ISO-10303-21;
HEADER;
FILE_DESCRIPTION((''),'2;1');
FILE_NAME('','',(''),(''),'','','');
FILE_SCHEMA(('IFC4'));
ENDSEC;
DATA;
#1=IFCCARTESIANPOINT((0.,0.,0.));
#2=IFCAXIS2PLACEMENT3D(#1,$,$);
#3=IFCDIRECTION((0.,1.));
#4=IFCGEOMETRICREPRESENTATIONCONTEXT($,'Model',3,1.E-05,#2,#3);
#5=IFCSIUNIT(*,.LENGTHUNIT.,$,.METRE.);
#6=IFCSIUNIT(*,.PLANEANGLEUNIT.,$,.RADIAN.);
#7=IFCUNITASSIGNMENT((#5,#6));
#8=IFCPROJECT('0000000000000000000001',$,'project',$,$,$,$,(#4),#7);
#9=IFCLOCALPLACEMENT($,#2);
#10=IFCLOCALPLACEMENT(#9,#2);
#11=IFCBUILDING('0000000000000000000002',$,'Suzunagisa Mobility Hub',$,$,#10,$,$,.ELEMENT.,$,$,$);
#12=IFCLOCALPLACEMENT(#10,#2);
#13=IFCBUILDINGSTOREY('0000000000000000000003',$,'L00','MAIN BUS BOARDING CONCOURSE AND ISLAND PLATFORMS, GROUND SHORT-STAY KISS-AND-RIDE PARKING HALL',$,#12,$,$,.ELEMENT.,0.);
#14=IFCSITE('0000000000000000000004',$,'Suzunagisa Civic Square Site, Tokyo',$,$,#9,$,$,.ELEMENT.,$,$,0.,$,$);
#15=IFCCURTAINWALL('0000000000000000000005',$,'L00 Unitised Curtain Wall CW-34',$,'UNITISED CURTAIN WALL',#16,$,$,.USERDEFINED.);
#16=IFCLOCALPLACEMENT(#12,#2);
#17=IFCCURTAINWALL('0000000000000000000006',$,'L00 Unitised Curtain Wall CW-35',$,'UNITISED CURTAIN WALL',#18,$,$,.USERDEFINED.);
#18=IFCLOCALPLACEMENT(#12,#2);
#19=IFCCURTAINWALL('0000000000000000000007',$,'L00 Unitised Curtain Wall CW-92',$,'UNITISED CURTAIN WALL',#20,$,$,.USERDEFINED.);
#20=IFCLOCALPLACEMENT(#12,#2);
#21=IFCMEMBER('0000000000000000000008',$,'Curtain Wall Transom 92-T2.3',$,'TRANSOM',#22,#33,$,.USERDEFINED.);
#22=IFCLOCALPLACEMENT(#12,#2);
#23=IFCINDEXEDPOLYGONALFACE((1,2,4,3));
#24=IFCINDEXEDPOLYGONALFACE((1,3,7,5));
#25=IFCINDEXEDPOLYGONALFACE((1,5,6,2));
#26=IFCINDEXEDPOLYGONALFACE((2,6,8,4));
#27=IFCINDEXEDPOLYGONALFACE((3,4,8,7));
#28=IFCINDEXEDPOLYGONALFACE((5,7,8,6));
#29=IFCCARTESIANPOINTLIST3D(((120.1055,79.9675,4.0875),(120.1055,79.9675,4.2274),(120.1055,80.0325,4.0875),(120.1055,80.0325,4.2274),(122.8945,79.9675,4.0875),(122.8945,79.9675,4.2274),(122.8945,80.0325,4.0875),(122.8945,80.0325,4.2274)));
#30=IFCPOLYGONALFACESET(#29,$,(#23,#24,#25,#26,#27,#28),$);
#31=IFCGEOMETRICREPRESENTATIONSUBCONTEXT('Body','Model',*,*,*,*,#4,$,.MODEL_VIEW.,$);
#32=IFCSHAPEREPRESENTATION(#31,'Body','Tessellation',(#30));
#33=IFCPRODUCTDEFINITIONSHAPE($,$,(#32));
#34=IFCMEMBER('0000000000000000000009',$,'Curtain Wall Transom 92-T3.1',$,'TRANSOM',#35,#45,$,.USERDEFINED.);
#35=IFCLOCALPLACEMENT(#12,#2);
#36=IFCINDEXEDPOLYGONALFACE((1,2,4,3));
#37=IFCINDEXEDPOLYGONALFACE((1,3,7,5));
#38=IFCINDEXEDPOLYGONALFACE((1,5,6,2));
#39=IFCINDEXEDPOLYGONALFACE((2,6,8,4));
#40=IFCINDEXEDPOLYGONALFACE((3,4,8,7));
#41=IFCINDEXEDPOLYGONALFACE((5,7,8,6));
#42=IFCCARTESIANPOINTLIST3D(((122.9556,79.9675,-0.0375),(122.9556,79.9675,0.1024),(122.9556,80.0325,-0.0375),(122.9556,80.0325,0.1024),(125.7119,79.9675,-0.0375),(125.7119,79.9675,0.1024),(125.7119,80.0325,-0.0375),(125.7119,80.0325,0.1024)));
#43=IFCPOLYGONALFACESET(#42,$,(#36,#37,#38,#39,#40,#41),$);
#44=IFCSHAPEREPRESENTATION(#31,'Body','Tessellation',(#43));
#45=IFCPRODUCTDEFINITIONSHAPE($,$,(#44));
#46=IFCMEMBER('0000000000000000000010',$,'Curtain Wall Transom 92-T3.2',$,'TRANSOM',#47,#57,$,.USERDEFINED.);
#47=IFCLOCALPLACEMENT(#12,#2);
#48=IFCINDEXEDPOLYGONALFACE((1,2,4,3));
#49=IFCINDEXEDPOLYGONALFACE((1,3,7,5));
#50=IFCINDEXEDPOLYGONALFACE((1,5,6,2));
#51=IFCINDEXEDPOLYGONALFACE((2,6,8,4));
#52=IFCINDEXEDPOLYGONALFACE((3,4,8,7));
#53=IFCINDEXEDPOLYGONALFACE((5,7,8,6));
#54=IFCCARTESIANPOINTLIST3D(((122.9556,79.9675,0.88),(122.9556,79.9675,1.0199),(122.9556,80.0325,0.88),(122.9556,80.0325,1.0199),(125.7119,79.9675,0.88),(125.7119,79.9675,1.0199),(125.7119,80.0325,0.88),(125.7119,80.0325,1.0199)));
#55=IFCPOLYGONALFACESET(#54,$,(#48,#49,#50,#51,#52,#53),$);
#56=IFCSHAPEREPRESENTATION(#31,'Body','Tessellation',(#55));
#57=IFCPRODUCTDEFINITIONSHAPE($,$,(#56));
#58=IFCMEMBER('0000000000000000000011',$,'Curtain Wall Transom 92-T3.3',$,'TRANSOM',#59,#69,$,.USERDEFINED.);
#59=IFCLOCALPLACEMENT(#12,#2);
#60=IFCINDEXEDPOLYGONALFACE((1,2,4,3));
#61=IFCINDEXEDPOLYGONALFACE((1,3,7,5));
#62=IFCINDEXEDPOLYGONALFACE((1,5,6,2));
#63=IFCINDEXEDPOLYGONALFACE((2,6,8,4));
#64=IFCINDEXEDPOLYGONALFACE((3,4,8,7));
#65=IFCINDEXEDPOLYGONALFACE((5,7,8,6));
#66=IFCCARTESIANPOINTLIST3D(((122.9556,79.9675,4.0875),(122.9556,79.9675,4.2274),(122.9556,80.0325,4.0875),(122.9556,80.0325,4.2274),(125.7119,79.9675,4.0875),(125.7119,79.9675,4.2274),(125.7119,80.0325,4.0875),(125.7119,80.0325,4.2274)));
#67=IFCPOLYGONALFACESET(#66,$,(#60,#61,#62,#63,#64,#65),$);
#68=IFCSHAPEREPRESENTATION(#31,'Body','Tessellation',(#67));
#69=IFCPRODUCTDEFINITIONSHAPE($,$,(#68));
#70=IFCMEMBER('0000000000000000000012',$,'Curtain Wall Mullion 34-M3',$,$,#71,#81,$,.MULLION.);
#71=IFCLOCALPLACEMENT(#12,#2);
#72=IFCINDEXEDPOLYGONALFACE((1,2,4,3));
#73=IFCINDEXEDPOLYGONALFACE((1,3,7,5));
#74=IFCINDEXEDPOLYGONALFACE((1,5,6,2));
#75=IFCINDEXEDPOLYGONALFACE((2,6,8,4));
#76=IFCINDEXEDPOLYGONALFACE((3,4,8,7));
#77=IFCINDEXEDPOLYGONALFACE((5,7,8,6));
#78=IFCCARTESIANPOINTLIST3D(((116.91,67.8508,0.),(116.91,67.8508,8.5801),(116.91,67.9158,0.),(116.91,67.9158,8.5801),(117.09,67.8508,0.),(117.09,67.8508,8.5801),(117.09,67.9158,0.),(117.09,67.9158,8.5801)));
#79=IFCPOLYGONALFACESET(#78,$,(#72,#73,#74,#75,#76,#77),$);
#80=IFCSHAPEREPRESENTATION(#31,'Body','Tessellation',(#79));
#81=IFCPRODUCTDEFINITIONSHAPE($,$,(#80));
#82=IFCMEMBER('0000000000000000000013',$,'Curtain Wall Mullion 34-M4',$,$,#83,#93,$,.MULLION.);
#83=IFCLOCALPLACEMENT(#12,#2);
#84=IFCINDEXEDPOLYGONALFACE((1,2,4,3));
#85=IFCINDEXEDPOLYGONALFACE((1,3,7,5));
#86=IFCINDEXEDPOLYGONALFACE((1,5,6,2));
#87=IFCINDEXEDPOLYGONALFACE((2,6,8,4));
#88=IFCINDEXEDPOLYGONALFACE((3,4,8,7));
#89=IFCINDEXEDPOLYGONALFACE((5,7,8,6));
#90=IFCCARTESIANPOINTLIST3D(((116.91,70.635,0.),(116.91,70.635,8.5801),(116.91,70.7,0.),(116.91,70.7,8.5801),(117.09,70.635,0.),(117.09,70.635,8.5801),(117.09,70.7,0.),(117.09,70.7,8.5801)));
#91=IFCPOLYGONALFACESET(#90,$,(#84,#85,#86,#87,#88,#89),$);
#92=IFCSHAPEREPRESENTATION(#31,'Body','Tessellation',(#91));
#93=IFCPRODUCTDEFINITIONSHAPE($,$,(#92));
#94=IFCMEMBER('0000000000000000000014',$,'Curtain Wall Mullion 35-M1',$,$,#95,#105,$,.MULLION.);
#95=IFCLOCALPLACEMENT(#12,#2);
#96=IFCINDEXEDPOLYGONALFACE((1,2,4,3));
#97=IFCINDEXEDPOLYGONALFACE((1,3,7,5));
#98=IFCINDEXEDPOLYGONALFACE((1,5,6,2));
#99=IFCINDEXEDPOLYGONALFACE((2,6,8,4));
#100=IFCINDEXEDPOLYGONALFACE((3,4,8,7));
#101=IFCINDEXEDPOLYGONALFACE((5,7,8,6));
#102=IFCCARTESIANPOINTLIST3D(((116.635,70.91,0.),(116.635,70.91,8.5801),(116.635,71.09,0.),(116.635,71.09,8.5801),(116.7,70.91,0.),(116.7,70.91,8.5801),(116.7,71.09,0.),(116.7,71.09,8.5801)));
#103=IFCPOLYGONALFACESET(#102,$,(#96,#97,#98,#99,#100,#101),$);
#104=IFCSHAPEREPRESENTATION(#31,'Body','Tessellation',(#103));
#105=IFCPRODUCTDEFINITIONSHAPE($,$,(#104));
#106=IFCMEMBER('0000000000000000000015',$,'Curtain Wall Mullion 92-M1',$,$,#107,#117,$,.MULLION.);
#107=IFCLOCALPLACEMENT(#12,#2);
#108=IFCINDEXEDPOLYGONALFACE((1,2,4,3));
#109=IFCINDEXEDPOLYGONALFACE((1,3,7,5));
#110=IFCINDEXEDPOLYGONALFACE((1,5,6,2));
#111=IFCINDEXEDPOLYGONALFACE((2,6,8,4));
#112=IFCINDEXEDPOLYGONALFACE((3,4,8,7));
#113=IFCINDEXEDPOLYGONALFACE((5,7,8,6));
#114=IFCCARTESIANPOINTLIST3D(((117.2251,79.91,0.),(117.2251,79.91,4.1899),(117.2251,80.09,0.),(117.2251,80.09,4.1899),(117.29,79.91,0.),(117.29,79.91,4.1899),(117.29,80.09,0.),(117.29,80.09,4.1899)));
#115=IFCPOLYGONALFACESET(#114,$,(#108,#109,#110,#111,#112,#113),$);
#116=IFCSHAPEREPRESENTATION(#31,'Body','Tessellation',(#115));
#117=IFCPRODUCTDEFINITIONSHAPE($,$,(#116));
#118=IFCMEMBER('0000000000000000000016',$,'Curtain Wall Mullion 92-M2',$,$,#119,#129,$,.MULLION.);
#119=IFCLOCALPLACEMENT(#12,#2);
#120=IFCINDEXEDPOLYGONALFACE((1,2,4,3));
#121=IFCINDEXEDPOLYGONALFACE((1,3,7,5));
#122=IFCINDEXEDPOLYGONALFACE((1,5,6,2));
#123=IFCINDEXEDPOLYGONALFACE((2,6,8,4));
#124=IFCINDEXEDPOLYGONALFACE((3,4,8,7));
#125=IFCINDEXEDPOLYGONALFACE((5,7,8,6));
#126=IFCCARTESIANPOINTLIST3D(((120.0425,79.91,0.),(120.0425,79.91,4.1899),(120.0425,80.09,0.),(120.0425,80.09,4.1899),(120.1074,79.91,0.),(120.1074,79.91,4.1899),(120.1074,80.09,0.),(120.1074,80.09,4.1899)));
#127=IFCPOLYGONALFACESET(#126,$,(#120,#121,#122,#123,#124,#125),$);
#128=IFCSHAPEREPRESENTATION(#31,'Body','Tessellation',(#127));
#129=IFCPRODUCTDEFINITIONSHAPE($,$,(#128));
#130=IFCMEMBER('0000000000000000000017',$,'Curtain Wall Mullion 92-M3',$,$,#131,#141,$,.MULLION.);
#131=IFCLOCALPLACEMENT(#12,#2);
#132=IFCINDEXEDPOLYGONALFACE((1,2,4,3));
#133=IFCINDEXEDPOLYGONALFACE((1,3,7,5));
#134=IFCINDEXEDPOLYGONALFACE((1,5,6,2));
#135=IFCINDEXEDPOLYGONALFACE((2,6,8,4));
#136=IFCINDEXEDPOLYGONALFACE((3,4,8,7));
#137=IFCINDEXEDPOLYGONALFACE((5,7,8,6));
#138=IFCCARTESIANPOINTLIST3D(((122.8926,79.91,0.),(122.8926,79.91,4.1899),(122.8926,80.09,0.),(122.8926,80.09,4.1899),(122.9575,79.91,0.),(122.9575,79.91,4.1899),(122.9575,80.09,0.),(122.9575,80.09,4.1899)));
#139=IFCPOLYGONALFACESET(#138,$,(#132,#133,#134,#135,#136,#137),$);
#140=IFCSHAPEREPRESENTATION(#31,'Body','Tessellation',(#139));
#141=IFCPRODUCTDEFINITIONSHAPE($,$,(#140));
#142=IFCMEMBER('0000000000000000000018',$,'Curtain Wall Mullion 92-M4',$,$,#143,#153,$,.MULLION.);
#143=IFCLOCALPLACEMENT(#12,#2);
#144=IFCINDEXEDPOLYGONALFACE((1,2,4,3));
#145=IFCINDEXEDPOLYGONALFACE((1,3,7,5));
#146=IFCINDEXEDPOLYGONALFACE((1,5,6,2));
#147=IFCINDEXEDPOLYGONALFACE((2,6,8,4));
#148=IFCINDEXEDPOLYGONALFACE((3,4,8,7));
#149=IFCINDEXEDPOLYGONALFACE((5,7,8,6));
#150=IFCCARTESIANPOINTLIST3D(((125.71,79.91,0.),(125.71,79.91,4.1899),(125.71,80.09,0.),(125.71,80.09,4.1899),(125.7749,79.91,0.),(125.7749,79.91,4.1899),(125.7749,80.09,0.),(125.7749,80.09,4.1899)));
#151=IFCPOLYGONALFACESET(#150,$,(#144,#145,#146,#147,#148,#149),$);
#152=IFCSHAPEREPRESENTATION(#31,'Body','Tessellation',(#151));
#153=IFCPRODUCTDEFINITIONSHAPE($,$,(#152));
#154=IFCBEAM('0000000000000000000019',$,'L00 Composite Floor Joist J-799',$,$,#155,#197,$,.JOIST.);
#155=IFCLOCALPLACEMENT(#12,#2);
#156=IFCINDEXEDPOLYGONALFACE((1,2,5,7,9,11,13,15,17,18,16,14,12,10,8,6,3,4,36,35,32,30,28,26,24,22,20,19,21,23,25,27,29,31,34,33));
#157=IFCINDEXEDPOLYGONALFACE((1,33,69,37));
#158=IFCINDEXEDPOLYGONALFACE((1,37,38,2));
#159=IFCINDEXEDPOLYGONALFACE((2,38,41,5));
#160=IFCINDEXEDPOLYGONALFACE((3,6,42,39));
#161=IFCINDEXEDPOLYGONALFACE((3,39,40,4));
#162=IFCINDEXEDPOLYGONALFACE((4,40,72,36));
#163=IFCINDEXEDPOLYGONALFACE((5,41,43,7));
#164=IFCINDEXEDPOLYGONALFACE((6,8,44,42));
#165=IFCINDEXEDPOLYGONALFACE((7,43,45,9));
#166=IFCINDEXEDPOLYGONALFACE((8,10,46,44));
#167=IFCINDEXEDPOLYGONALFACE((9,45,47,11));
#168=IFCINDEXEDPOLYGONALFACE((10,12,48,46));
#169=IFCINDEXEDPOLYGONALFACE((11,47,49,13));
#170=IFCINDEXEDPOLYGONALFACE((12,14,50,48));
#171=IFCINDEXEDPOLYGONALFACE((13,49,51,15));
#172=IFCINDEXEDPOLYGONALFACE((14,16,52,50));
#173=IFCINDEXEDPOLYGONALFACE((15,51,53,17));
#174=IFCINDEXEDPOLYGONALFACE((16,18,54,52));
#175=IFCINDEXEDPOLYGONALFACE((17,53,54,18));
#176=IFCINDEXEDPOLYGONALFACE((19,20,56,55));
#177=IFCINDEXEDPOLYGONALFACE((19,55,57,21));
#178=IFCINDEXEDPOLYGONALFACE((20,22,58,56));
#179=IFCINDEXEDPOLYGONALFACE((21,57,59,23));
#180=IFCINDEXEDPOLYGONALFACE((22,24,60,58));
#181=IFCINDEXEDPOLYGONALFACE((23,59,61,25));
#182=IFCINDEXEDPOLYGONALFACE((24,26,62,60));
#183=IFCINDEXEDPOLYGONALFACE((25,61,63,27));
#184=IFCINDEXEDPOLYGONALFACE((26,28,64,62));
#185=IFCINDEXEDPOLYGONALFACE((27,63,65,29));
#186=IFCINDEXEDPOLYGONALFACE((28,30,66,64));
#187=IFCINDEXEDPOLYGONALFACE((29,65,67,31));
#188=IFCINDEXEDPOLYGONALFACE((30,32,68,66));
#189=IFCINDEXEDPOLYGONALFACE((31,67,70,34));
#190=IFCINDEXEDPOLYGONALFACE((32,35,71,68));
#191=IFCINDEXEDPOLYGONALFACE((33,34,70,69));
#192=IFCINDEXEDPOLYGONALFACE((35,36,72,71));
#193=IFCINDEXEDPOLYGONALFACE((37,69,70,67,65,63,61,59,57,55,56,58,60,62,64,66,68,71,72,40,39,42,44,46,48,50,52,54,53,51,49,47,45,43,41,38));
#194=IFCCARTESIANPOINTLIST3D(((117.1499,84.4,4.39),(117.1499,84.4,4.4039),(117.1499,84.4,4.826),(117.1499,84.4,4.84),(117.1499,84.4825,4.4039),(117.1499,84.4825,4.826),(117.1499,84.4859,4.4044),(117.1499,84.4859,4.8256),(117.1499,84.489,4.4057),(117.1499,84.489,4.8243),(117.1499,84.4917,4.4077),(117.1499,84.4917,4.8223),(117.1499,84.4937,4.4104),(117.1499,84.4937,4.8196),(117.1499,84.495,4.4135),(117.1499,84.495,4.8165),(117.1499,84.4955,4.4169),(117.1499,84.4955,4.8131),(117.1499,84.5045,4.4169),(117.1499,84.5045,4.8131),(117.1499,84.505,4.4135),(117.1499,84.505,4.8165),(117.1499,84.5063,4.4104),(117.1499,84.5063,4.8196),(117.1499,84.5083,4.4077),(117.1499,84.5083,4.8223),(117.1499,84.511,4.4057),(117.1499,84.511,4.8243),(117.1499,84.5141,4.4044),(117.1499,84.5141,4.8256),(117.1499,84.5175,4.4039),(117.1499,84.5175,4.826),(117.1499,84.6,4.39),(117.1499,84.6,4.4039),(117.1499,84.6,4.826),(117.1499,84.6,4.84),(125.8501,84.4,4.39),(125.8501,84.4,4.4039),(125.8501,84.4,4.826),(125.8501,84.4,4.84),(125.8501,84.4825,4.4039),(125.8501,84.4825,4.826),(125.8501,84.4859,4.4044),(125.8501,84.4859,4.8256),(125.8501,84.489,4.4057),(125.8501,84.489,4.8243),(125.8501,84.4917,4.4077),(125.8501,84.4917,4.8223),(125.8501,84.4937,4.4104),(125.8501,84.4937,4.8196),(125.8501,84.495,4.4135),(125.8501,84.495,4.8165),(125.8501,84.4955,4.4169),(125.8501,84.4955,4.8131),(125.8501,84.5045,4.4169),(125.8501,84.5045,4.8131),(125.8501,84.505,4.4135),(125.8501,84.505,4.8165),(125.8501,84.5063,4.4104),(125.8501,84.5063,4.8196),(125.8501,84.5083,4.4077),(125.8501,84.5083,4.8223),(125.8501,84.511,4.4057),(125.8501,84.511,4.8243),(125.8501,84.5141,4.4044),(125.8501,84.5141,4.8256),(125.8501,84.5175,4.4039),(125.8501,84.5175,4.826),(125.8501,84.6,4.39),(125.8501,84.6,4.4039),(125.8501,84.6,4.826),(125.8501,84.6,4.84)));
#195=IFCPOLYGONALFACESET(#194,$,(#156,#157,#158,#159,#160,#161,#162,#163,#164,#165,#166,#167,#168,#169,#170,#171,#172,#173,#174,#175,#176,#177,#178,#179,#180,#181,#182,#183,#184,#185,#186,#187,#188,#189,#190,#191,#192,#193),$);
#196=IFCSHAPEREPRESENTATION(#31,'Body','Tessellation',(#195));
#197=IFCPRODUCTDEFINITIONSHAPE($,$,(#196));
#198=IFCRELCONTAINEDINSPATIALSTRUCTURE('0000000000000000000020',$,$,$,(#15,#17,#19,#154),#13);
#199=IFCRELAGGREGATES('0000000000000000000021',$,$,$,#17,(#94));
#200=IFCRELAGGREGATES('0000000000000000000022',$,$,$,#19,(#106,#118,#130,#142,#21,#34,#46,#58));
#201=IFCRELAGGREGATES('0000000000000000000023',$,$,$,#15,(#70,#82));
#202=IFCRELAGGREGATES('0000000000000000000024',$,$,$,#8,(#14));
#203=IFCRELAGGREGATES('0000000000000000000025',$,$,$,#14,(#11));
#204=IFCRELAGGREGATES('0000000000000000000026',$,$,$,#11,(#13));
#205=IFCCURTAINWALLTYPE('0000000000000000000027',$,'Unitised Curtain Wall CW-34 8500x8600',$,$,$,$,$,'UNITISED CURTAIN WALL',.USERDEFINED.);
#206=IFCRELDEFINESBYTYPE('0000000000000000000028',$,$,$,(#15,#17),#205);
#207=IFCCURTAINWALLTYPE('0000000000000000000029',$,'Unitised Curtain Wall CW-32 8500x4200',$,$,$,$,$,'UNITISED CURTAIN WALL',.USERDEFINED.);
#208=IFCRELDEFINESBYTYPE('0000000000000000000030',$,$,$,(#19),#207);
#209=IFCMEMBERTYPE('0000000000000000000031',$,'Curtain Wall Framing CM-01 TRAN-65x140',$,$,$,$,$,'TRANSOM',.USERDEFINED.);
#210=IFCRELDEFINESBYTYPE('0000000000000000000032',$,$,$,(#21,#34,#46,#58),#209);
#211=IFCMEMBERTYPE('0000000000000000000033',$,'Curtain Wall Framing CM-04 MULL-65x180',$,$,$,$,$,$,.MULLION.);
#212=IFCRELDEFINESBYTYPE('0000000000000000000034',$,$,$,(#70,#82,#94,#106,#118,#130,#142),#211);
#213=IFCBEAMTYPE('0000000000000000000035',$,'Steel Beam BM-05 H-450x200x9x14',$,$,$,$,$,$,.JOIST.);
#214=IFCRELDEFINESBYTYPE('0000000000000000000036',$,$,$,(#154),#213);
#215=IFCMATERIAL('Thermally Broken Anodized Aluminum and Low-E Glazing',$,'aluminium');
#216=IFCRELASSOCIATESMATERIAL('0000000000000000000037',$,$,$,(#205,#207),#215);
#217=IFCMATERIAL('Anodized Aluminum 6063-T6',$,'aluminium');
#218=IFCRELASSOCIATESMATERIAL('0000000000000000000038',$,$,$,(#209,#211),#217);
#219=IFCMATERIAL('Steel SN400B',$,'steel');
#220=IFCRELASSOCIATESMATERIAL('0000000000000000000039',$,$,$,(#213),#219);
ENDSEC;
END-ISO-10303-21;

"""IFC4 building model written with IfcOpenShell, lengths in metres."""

from ifc_helpers import new_model, si_unit, direction, frame, origin, origin_2d, place, context, subcontext, project, spatial, rectangle, i_section, extrude, material, material_profile, profile_set, type_object, element, aggregate, save


model = new_model("IFC4")

# Units and contexts
model_context = context("Model", 3, precision=1e-05, world=origin(), true_north=direction((0.0, 1.0)))
body_context = subcontext(model_context, "Body", "Model", "MODEL_VIEW")
ifc_project = project(units=[si_unit("LENGTHUNIT", "METRE"), si_unit("PLANEANGLEUNIT", "RADIAN")], contexts=[model_context])

# Site, building, storey
site_placement = place(None, origin())
site = spatial("IfcSite", under=ifc_project, at=site_placement, Name="Suzunagisa Civic Square Site, Tokyo", CompositionType="ELEMENT", RefElevation=0.0)
building_placement = place(site_placement, origin())
building = spatial("IfcBuilding", under=site, at=building_placement, Name="Suzunagisa Mobility Hub", CompositionType="ELEMENT")
storey_placement = place(building_placement, origin())
storey = spatial("IfcBuildingStorey", under=building, at=storey_placement, Name="L00", Description="MAIN BUS BOARDING CONCOURSE AND ISLAND PLATFORMS, GROUND SHORT-STAY KISS-AND-RIDE PARKING HALL", CompositionType="ELEMENT", Elevation=0.0)

# Curtain walls, members
ifc_material_1 = material(Name="Thermally Broken Anodized Aluminum and Low-E Glazing", Category="aluminium")
curtain_wall_type_1 = type_object("IfcCurtainWallType", Name="Unitised Curtain Wall CW-34 8500x8600", ElementType="UNITISED CURTAIN WALL", PredefinedType="USERDEFINED", material=ifc_material_1)
curtain_wall_1_placement = place(storey_placement, origin())
curtain_wall_1 = element("IfcCurtainWall", 1, at=curtain_wall_1_placement, inside=storey, type_object=curtain_wall_type_1, Name="L00 Unitised Curtain Wall CW-34", ObjectType="UNITISED CURTAIN WALL", PredefinedType="USERDEFINED")
ifc_material_2 = material(Name="Anodized Aluminum 6063-T6", Category="aluminium")
ifc_material_profile_1 = material_profile(ifc_material_2, rectangle(XDim=0.0649, YDim=0.1399, at=origin_2d()), Name="TRAN-65x140")
ifc_profile_set_1 = profile_set([ifc_material_profile_1], Name="Anodized Aluminum 6063-T6")
member_type_1 = type_object("IfcMemberType", Name="Curtain Wall Framing CM-01 TRAN-65x140", ElementType="TRANSOM", PredefinedType="USERDEFINED", material=ifc_profile_set_1)
curtain_wall_2_placement = place(storey_placement, origin())
curtain_wall_2 = element("IfcCurtainWall", 2, at=curtain_wall_2_placement, inside=storey, type_object=curtain_wall_type_1, Name="L00 Unitised Curtain Wall CW-35", ObjectType="UNITISED CURTAIN WALL", PredefinedType="USERDEFINED")
curtain_wall_type_2 = type_object("IfcCurtainWallType", Name="Unitised Curtain Wall CW-32 8500x4200", ElementType="UNITISED CURTAIN WALL", PredefinedType="USERDEFINED", material=ifc_material_1)
curtain_wall_3_placement = place(storey_placement, origin())
curtain_wall_3 = element("IfcCurtainWall", 3, at=curtain_wall_3_placement, inside=storey, type_object=curtain_wall_type_2, Name="L00 Unitised Curtain Wall CW-92", ObjectType="UNITISED CURTAIN WALL", PredefinedType="USERDEFINED")
member_1_placement = place(storey_placement, frame((120.1055, 80.0, 4.1575), z_axis=(1.0, 0.0, 0.0), x_axis=(0.0, 1.0, 0.0)))
member_1 = element("IfcMember", 4, at=member_1_placement, type_object=member_type_1, Name="Curtain Wall Transom 92-T2.3", ObjectType="TRANSOM", PredefinedType="USERDEFINED", context=body_context, shape_type="SweptSolid", body=[
    extrude(rectangle(XDim=0.0649, YDim=0.1399, at=origin_2d()), origin(), (0.0, 0.0, 1.0), 2.7891),
])
member_2_placement = place(storey_placement, frame((122.9556, 80.0, 0.0325), z_axis=(1.0, 0.0, 0.0), x_axis=(0.0, 1.0, 0.0)))
member_2 = element("IfcMember", 5, at=member_2_placement, type_object=member_type_1, Name="Curtain Wall Transom 92-T3.1", ObjectType="TRANSOM", PredefinedType="USERDEFINED", context=body_context, shape_type="SweptSolid", body=[
    extrude(rectangle(XDim=0.0649, YDim=0.1399, at=origin_2d()), origin(), (0.0, 0.0, 1.0), 2.7563),
])
member_3_placement = place(storey_placement, frame((122.9556, 80.0, 0.95), z_axis=(1.0, 0.0, 0.0), x_axis=(0.0, 1.0, 0.0)))
member_3 = element("IfcMember", 6, at=member_3_placement, type_object=member_type_1, Name="Curtain Wall Transom 92-T3.2", ObjectType="TRANSOM", PredefinedType="USERDEFINED", context=body_context, shape_type="SweptSolid", body=[
    extrude(rectangle(XDim=0.0649, YDim=0.1399, at=origin_2d()), origin(), (0.0, 0.0, 1.0), 2.7563),
])
member_4_placement = place(storey_placement, frame((122.9556, 80.0, 4.1575), z_axis=(1.0, 0.0, 0.0), x_axis=(0.0, 1.0, 0.0)))
member_4 = element("IfcMember", 7, at=member_4_placement, type_object=member_type_1, Name="Curtain Wall Transom 92-T3.3", ObjectType="TRANSOM", PredefinedType="USERDEFINED", context=body_context, shape_type="SweptSolid", body=[
    extrude(rectangle(XDim=0.0649, YDim=0.1399, at=origin_2d()), origin(), (0.0, 0.0, 1.0), 2.7563),
])

# Members
ifc_material_profile_2 = material_profile(ifc_material_2, rectangle(XDim=0.0649, YDim=0.1799, at=origin_2d()), Name="MULL-65x180")
ifc_profile_set_2 = profile_set([ifc_material_profile_2], Name="Anodized Aluminum 6063-T6")
member_type_2 = type_object("IfcMemberType", Name="Curtain Wall Framing CM-04 MULL-65x180", PredefinedType="MULLION", material=ifc_profile_set_2)
member_5_placement = place(storey_placement, frame((117.0, 67.8833, 0.0), z_axis=(0.0, 0.0, 1.0), x_axis=(0.0, 1.0, 0.0)))
member_5 = element("IfcMember", 8, at=member_5_placement, type_object=member_type_2, Name="Curtain Wall Mullion 34-M3", PredefinedType="MULLION", context=body_context, shape_type="SweptSolid", body=[
    extrude(rectangle(XDim=0.0649, YDim=0.1799, at=origin_2d()), origin(), (0.0, 0.0, 1.0), 8.5801),
])
member_6_placement = place(storey_placement, frame((117.0, 70.6675, 0.0), z_axis=(0.0, 0.0, 1.0), x_axis=(0.0, 1.0, 0.0)))
member_6 = element("IfcMember", 9, at=member_6_placement, type_object=member_type_2, Name="Curtain Wall Mullion 34-M4", PredefinedType="MULLION", context=body_context, shape_type="SweptSolid", body=[
    extrude(rectangle(XDim=0.0649, YDim=0.1799, at=origin_2d()), origin(), (0.0, 0.0, 1.0), 8.5801),
])
member_7_placement = place(storey_placement, frame((116.6675, 71.0, 0.0), z_axis=(0.0, 0.0, 1.0), x_axis=(-1.0, 0.0, 0.0)))
member_7 = element("IfcMember", 10, at=member_7_placement, type_object=member_type_2, Name="Curtain Wall Mullion 35-M1", PredefinedType="MULLION", context=body_context, shape_type="SweptSolid", body=[
    extrude(rectangle(XDim=0.0649, YDim=0.1799, at=origin_2d()), origin(), (0.0, 0.0, 1.0), 8.5801),
])
aggregate(curtain_wall_2, [member_7])
member_8_placement = place(storey_placement, frame((117.2576, 80.0, 0.0), z_axis=(0.0, 0.0, 1.0), x_axis=(1.0, 0.0, 0.0)))
member_8 = element("IfcMember", 11, at=member_8_placement, type_object=member_type_2, Name="Curtain Wall Mullion 92-M1", PredefinedType="MULLION", context=body_context, shape_type="SweptSolid", body=[
    extrude(rectangle(XDim=0.0649, YDim=0.1799, at=origin_2d()), origin(), (0.0, 0.0, 1.0), 4.1899),
])
member_9_placement = place(storey_placement, frame((120.075, 80.0, 0.0), z_axis=(0.0, 0.0, 1.0), x_axis=(1.0, 0.0, 0.0)))
member_9 = element("IfcMember", 12, at=member_9_placement, type_object=member_type_2, Name="Curtain Wall Mullion 92-M2", PredefinedType="MULLION", context=body_context, shape_type="SweptSolid", body=[
    extrude(rectangle(XDim=0.0649, YDim=0.1799, at=origin_2d()), origin(), (0.0, 0.0, 1.0), 4.1899),
])
member_10_placement = place(storey_placement, frame((122.925, 80.0, 0.0), z_axis=(0.0, 0.0, 1.0), x_axis=(1.0, 0.0, 0.0)))
member_10 = element("IfcMember", 13, at=member_10_placement, type_object=member_type_2, Name="Curtain Wall Mullion 92-M3", PredefinedType="MULLION", context=body_context, shape_type="SweptSolid", body=[
    extrude(rectangle(XDim=0.0649, YDim=0.1799, at=origin_2d()), origin(), (0.0, 0.0, 1.0), 4.1899),
])
member_11_placement = place(storey_placement, frame((125.7424, 80.0, 0.0), z_axis=(0.0, 0.0, 1.0), x_axis=(1.0, 0.0, 0.0)))
member_11 = element("IfcMember", 14, at=member_11_placement, type_object=member_type_2, Name="Curtain Wall Mullion 92-M4", PredefinedType="MULLION", context=body_context, shape_type="SweptSolid", body=[
    extrude(rectangle(XDim=0.0649, YDim=0.1799, at=origin_2d()), origin(), (0.0, 0.0, 1.0), 4.1899),
])

# Beam
ifc_material_3 = material(Name="Steel SN400B", Category="steel")
ifc_material_profile_3 = material_profile(ifc_material_3, i_section(OverallWidth=0.2, OverallDepth=0.45, WebThickness=0.009, FlangeThickness=0.0139, FilletRadius=0.0129, at=origin_2d()), Name="H-450x200x9x14")
ifc_profile_set_3 = profile_set([ifc_material_profile_3], Name="Steel SN400B")
beam_type_1 = type_object("IfcBeamType", Name="Steel Beam BM-05 H-450x200x9x14", PredefinedType="JOIST", material=ifc_profile_set_3)
beam_1_placement = place(storey_placement, frame((117.1499, 84.5, 4.615), z_axis=(1.0, 0.0, 0.0), x_axis=(0.0, 1.0, 0.0)))
element("IfcBeam", 15, at=beam_1_placement, inside=storey, type_object=beam_type_1, Name="L00 Composite Floor Joist J-799", PredefinedType="JOIST", context=body_context, shape_type="SweptSolid", body=[
    extrude(i_section(OverallWidth=0.2, OverallDepth=0.45, WebThickness=0.009, FlangeThickness=0.0139, FilletRadius=0.0129, at=origin_2d()), origin(), (0.0, 0.0, 1.0), 8.7002),
])

aggregate(curtain_wall_3, [member_8, member_9, member_10, member_11, member_1, member_2, member_3, member_4])
aggregate(curtain_wall_1, [member_5, member_6])

save(model, "model.ifc")
